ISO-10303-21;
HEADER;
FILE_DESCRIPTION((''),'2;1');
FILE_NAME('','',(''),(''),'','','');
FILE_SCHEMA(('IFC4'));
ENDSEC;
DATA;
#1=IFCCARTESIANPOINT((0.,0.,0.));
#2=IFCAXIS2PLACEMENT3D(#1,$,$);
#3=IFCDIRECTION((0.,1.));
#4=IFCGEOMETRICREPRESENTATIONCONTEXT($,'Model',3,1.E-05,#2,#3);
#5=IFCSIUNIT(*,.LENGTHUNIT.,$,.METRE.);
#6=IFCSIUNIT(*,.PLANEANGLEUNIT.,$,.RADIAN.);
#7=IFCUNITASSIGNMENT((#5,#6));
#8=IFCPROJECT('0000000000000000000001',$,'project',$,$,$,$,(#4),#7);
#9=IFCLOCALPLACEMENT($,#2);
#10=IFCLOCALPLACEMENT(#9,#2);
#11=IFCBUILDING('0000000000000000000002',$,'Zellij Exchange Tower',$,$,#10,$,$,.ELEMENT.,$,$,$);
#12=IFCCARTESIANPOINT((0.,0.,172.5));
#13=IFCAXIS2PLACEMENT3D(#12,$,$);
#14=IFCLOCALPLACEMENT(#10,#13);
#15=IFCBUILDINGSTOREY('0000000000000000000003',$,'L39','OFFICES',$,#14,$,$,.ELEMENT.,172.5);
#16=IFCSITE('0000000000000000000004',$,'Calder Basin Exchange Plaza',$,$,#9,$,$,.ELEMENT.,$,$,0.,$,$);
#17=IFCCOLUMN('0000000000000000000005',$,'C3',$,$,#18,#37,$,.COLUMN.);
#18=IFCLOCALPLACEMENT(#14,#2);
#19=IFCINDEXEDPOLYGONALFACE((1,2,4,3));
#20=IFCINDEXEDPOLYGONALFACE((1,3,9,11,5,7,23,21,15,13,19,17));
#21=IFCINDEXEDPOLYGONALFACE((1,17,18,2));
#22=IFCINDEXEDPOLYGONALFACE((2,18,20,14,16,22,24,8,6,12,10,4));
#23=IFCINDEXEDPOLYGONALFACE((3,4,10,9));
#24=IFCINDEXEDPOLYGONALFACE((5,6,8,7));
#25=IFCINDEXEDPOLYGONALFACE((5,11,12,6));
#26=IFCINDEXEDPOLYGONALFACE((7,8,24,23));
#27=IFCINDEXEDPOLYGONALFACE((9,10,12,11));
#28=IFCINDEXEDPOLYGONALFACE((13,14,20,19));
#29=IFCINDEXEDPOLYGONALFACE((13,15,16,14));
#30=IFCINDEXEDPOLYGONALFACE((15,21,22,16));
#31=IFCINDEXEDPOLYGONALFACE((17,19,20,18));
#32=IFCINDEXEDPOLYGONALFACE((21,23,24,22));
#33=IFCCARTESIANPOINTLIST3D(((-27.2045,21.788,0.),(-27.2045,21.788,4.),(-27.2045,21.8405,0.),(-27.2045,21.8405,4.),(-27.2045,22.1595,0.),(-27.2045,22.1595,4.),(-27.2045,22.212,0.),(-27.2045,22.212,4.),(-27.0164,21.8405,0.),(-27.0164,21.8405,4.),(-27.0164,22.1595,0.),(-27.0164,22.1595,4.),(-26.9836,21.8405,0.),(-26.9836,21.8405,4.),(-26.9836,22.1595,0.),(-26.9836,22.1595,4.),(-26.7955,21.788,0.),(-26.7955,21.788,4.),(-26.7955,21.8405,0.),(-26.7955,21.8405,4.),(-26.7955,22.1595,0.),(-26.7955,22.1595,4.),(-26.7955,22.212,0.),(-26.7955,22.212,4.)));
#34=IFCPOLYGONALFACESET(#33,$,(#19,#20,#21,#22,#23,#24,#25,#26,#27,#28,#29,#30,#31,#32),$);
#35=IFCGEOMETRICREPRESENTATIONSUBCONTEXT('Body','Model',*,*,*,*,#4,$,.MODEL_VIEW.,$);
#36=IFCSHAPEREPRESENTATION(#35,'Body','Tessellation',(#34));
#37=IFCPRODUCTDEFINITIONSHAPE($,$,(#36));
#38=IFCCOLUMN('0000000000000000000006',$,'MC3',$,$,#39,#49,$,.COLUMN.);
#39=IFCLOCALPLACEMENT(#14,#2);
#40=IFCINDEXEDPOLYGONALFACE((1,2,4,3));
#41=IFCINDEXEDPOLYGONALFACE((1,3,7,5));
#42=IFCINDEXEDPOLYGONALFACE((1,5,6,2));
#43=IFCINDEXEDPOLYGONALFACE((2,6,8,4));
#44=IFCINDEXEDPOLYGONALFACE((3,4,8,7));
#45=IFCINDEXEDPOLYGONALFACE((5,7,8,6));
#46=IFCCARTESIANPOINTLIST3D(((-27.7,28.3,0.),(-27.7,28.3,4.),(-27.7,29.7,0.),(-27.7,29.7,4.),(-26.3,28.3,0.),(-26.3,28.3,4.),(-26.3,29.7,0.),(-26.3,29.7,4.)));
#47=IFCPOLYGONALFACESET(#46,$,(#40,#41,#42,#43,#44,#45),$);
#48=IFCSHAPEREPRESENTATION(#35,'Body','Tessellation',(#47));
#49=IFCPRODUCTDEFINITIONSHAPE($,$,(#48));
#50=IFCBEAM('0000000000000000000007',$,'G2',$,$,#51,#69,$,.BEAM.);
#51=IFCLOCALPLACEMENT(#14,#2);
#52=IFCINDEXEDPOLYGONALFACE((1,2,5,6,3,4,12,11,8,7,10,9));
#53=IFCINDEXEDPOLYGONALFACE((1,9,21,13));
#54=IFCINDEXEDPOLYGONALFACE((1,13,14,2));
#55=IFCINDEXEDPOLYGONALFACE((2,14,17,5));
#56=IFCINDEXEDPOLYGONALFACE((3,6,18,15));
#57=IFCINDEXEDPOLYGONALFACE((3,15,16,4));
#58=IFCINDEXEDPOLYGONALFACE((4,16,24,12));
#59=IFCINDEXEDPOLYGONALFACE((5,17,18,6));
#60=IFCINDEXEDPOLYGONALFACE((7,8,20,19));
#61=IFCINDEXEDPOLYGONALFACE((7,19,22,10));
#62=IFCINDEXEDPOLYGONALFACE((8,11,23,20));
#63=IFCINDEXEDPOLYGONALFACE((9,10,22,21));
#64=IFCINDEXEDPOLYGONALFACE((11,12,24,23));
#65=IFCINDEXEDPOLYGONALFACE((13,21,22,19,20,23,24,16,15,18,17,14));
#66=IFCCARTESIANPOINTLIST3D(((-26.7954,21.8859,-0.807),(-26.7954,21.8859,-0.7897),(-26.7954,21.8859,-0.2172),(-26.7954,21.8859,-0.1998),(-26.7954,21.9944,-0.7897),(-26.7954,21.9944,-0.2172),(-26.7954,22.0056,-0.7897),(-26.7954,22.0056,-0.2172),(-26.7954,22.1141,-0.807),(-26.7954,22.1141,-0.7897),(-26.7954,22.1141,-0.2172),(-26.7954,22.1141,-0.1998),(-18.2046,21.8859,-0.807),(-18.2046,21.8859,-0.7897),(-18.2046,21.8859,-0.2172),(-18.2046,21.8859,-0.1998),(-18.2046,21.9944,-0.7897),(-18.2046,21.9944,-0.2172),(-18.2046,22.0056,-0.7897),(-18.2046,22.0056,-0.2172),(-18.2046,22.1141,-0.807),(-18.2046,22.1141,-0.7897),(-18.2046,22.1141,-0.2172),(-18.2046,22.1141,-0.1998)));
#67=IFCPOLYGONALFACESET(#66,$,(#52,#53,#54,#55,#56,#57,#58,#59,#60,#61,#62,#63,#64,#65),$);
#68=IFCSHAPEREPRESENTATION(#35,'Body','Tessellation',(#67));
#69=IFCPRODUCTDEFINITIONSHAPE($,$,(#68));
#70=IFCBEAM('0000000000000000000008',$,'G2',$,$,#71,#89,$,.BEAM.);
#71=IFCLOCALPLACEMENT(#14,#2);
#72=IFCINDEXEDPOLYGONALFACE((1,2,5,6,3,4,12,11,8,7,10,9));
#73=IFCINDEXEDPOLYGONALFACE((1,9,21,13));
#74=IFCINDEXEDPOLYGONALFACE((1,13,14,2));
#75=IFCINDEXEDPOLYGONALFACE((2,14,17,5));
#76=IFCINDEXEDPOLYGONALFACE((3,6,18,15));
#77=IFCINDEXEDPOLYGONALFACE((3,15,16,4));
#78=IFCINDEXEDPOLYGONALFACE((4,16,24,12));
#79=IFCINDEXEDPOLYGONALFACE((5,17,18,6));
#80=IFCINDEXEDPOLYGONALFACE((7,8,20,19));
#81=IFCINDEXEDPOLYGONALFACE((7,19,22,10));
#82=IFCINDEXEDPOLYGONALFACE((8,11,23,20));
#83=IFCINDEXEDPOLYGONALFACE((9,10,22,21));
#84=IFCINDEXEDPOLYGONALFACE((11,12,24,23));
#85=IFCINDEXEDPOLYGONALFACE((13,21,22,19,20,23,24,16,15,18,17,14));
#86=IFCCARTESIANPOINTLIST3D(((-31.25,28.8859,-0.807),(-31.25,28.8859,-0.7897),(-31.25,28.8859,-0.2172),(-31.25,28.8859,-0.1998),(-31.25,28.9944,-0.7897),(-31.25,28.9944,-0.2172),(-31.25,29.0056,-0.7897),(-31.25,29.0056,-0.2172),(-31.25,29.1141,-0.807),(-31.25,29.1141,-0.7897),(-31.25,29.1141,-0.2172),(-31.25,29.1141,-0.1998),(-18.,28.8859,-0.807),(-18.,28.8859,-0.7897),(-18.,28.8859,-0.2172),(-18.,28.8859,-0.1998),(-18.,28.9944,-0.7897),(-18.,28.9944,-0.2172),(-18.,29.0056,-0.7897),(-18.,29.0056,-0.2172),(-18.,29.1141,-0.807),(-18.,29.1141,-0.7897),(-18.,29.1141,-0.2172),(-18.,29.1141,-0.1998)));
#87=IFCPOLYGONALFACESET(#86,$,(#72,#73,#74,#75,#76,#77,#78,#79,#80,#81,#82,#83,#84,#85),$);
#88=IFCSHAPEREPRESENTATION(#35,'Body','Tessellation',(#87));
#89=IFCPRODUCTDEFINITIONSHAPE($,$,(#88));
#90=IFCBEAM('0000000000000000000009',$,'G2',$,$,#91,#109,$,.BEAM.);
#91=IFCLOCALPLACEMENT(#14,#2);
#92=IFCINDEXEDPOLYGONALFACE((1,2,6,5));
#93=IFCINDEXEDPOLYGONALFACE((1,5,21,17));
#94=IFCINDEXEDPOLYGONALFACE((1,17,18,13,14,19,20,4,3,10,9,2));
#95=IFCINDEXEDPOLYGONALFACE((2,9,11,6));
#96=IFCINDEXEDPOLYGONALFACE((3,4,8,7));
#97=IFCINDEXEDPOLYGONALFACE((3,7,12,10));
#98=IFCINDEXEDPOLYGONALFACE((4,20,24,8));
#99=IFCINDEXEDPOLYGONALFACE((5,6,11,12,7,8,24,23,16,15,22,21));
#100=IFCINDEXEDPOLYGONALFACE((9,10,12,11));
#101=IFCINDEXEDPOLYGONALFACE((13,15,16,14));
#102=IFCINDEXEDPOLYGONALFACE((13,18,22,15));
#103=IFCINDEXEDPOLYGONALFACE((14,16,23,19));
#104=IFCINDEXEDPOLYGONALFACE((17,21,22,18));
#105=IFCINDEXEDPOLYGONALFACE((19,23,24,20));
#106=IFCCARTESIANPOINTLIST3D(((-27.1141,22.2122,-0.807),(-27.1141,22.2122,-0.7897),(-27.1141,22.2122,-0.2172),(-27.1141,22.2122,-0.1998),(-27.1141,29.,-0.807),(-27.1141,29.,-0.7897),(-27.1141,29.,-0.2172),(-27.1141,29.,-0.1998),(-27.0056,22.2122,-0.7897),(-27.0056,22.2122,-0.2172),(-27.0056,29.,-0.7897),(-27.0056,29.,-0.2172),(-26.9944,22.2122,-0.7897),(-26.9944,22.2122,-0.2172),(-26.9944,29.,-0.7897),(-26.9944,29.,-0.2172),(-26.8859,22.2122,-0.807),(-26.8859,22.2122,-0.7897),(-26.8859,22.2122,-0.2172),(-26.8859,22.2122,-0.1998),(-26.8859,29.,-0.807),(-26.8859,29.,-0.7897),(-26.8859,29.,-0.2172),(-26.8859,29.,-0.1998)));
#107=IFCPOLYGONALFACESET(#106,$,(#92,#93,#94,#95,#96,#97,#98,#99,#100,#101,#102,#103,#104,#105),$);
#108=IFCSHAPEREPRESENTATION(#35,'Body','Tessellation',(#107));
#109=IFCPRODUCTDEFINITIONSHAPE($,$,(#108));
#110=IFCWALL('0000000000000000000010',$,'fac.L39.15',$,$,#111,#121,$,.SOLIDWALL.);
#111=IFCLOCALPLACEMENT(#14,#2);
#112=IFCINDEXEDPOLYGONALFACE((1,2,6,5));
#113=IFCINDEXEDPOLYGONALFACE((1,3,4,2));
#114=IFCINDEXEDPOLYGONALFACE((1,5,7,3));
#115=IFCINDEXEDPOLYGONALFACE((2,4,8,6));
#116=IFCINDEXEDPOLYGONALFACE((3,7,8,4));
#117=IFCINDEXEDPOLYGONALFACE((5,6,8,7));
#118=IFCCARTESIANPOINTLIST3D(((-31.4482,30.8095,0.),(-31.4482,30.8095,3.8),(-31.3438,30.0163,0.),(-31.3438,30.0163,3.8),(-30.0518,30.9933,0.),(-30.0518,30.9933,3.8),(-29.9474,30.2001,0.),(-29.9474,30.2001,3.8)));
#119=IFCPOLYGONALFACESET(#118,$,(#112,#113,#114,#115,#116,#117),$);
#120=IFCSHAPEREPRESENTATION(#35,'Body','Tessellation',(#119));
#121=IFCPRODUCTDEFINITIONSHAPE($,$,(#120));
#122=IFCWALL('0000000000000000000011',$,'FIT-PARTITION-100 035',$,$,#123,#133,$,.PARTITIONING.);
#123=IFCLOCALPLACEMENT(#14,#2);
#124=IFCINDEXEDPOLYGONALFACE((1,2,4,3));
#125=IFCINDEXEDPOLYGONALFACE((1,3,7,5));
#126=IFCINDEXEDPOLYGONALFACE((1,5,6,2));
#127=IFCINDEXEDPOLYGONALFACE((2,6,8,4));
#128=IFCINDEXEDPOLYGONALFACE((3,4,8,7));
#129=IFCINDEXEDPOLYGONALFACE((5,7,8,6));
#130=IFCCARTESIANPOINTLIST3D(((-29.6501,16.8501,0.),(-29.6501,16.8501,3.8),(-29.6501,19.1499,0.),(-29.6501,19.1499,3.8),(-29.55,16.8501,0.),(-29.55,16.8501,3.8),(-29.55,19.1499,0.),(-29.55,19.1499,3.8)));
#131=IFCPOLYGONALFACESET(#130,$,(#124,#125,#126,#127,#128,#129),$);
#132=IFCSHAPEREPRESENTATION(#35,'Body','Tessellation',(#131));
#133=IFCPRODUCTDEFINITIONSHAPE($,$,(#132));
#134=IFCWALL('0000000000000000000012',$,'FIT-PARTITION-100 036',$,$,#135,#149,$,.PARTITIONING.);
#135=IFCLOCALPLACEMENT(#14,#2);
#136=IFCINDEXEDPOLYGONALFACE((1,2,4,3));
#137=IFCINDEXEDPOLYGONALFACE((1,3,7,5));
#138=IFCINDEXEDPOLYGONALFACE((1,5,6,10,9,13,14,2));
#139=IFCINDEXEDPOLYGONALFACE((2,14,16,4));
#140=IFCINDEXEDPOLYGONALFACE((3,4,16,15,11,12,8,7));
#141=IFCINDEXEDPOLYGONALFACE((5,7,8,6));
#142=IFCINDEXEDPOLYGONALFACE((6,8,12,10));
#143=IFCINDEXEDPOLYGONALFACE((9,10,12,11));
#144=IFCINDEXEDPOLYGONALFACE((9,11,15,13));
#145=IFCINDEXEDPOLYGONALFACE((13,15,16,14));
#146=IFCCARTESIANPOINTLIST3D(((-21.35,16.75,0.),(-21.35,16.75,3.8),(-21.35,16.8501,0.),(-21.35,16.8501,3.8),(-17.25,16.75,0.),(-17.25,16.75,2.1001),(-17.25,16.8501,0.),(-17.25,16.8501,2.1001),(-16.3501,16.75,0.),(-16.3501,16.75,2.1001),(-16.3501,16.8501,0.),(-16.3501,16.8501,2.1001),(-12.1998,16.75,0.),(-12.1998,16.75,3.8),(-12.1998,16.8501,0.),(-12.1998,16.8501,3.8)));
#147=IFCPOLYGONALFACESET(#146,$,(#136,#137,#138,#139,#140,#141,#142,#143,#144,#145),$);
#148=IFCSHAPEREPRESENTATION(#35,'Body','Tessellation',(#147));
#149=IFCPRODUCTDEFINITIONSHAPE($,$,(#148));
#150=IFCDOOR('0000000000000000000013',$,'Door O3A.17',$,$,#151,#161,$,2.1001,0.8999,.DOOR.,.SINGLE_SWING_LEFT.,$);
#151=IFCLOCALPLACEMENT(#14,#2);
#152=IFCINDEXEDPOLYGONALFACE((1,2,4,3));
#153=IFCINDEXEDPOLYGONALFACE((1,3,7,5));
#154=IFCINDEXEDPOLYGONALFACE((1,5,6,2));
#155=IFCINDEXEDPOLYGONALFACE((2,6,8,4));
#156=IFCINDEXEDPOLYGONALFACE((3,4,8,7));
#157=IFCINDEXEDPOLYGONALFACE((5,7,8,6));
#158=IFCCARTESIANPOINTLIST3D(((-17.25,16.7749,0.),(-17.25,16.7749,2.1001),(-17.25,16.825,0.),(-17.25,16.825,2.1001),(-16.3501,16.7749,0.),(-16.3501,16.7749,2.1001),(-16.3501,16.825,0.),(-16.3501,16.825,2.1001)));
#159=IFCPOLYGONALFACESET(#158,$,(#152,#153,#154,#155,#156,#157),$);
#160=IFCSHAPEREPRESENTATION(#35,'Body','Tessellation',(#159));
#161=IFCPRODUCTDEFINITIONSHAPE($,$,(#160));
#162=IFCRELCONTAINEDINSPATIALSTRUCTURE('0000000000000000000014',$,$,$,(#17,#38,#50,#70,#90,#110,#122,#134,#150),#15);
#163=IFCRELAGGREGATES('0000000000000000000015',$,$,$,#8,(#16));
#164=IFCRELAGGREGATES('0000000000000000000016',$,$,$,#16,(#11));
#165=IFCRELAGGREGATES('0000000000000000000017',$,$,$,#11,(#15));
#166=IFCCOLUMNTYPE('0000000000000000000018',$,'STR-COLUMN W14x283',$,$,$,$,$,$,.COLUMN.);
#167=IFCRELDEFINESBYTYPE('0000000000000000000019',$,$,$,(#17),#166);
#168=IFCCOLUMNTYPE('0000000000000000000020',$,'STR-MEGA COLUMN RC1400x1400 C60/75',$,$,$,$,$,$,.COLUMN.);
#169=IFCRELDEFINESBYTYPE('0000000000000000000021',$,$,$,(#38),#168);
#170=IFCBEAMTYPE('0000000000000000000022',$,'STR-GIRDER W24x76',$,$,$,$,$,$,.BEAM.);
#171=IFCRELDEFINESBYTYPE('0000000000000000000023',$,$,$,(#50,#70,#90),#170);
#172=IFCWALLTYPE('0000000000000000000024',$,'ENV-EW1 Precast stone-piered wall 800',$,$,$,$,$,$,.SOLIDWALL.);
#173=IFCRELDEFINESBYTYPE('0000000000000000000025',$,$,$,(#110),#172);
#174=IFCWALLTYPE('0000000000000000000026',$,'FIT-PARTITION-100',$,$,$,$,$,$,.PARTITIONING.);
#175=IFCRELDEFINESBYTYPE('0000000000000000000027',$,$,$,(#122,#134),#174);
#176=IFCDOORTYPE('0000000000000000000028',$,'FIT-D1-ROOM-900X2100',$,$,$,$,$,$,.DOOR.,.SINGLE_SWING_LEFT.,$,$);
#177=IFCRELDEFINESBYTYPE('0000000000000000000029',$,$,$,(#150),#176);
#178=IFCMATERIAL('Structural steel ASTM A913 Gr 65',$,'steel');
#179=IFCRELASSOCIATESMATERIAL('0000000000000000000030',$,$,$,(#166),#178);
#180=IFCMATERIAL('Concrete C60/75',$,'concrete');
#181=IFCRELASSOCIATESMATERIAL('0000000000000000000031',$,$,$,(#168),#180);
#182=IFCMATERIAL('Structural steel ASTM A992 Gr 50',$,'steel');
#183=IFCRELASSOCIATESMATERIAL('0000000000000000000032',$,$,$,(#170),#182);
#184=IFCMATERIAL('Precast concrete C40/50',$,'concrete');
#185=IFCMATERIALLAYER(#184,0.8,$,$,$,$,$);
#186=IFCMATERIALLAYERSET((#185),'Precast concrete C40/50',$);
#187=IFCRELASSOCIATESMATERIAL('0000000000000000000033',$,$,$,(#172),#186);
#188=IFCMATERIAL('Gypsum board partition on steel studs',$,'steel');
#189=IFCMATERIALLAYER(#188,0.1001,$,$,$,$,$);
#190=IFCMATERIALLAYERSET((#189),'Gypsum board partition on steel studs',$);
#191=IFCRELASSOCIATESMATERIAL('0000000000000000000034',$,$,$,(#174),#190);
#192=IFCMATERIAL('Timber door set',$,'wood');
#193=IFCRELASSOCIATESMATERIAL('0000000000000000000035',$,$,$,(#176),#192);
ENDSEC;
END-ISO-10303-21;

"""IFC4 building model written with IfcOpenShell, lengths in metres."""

from ifc_helpers import new_model, si_unit, direction, frame, frame_2d, origin, origin_2d, place, context, subcontext, project, spatial, rectangle, i_section, extrude, material, layer, layer_set, material_profile, profile_set, type_object, element, fill, save


model = new_model("IFC4")

# Units and contexts
model_context = context("Model", 3, precision=1e-05, world=origin(), true_north=direction((0.0, 1.0)))
body_context = subcontext(model_context, "Body", "Model", "MODEL_VIEW")
ifc_project = project(units=[si_unit("LENGTHUNIT", "METRE"), si_unit("PLANEANGLEUNIT", "RADIAN")], contexts=[model_context])

# Site, building, storey
site_placement = place(None, origin())
site = spatial("IfcSite", under=ifc_project, at=site_placement, Name="Calder Basin Exchange Plaza", CompositionType="ELEMENT", RefElevation=0.0)
building_placement = place(site_placement, origin())
building = spatial("IfcBuilding", under=site, at=building_placement, Name="Zellij Exchange Tower", CompositionType="ELEMENT")
storey_placement = place(building_placement, frame((0.0, 0.0, 172.5)))
storey = spatial("IfcBuildingStorey", under=building, at=storey_placement, Name="L39", Description="OFFICES", CompositionType="ELEMENT", Elevation=172.5)

# Columns
ifc_material_1 = material(Name="Structural steel ASTM A913 Gr 65", Category="steel")
ifc_material_profile_1 = material_profile(ifc_material_1, i_section(OverallWidth=0.4089, OverallDepth=0.4241, WebThickness=0.0327, FlangeThickness=0.0525, at=origin_2d()), Name="W14x283")
ifc_profile_set_1 = profile_set([ifc_material_profile_1], Name="Structural steel ASTM A913 Gr 65")
column_type_1 = type_object("IfcColumnType", Name="STR-COLUMN W14x283", PredefinedType="COLUMN", material=ifc_profile_set_1)
column_1_placement = place(storey_placement, frame((-27.0, 22.0, 0.0), z_axis=(0.0, 0.0, 1.0), x_axis=(1.0, 0.0, 0.0)))
element("IfcColumn", 1, at=column_1_placement, inside=storey, type_object=column_type_1, Name="C3", PredefinedType="COLUMN", context=body_context, shape_type="SweptSolid", body=[
    extrude(i_section(OverallWidth=0.4089, OverallDepth=0.4241, WebThickness=0.0327, FlangeThickness=0.0525, at=origin_2d()), origin(), (0.0, 0.0, 1.0), 4.0),
])
ifc_material_2 = material(Name="Concrete C60/75", Category="concrete")
ifc_material_profile_2 = material_profile(ifc_material_2, rectangle(XDim=1.3999, YDim=1.3999, at=origin_2d()), Name="STR-MEGA COLUMN RC1400x1400 C60/75")
ifc_profile_set_2 = profile_set([ifc_material_profile_2], Name="Concrete C60/75")
column_type_2 = type_object("IfcColumnType", Name="STR-MEGA COLUMN RC1400x1400 C60/75", PredefinedType="COLUMN", material=ifc_profile_set_2)
column_2_placement = place(storey_placement, frame((-27.0, 29.0, 0.0), z_axis=(0.0, 0.0, 1.0), x_axis=(1.0, 0.0, 0.0)))
element("IfcColumn", 2, at=column_2_placement, inside=storey, type_object=column_type_2, Name="MC3", PredefinedType="COLUMN", context=body_context, shape_type="SweptSolid", body=[
    extrude(rectangle(XDim=1.3999, YDim=1.3999, at=origin_2d()), origin(), (0.0, 0.0, 1.0), 4.0),
])

# Beams
ifc_material_3 = material(Name="Structural steel ASTM A992 Gr 50", Category="steel")
ifc_material_profile_3 = material_profile(ifc_material_3, i_section(OverallWidth=0.2283, OverallDepth=0.6072, WebThickness=0.0112, FlangeThickness=0.0173, at=origin_2d()), Name="W24x76")
ifc_profile_set_3 = profile_set([ifc_material_profile_3], Name="Structural steel ASTM A992 Gr 50")
beam_type = type_object("IfcBeamType", Name="STR-GIRDER W24x76", PredefinedType="BEAM", material=ifc_profile_set_3)
beam_1_placement = place(storey_placement, frame((-26.7954, 22.0, -0.5034), z_axis=(1.0, 0.0, 0.0), x_axis=(0.0, 1.0, 0.0)))
element("IfcBeam", 3, at=beam_1_placement, inside=storey, type_object=beam_type, Name="G2", PredefinedType="BEAM", context=body_context, shape_type="SweptSolid", body=[
    extrude(i_section(OverallWidth=0.2283, OverallDepth=0.6072, WebThickness=0.0112, FlangeThickness=0.0173, at=origin_2d()), origin(), (0.0, 0.0, 1.0), 8.5908),
])
beam_2_placement = place(storey_placement, frame((-31.25, 29.0, -0.5034), z_axis=(1.0, 0.0, 0.0), x_axis=(0.0, 1.0, 0.0)))
element("IfcBeam", 4, at=beam_2_placement, inside=storey, type_object=beam_type, Name="G2", PredefinedType="BEAM", context=body_context, shape_type="SweptSolid", body=[
    extrude(i_section(OverallWidth=0.2283, OverallDepth=0.6072, WebThickness=0.0112, FlangeThickness=0.0173, at=origin_2d()), origin(), (0.0, 0.0, 1.0), 13.25),
])
beam_3_placement = place(storey_placement, frame((-27.0, 22.2122, -0.5034), z_axis=(0.0, 1.0, 0.0), x_axis=(-1.0, 0.0, 0.0)))
element("IfcBeam", 5, at=beam_3_placement, inside=storey, type_object=beam_type, Name="G2", PredefinedType="BEAM", context=body_context, shape_type="SweptSolid", body=[
    extrude(i_section(OverallWidth=0.2283, OverallDepth=0.6072, WebThickness=0.0112, FlangeThickness=0.0173, at=origin_2d()), origin(), (0.0, 0.0, 1.0), 6.7878),
])

# Walls
ifc_material_4 = material(Name="Precast concrete C40/50", Category="concrete")
ifc_layer_1 = layer(ifc_material_4, 0.8)
ifc_layer_set_1 = layer_set([ifc_layer_1], Name="Precast concrete C40/50")
wall_type_1 = type_object("IfcWallType", Name="ENV-EW1 Precast stone-piered wall 800", PredefinedType="SOLIDWALL", material=ifc_layer_set_1)
wall_1_placement = place(storey_placement, frame((-29.9998, 30.5967, 0.0), z_axis=(0.0, 0.0, 1.0), x_axis=(-0.991446, -0.130517, 0.0)))
element("IfcWall", 6, at=wall_1_placement, inside=storey, type_object=wall_type_1, Name="fac.L39.15", PredefinedType="SOLIDWALL", context=body_context, shape_type="SweptSolid", body=[
    extrude(rectangle(XDim=1.4084, YDim=0.8, at=frame_2d((0.7041, 0.0))), origin(), (0.0, 0.0, 1.0), 3.8),
])
ifc_material_5 = material(Name="Gypsum board partition on steel studs", Category="steel")
ifc_layer_2 = layer(ifc_material_5, 0.1001)
ifc_layer_set_2 = layer_set([ifc_layer_2], Name="Gypsum board partition on steel studs")
wall_type_2 = type_object("IfcWallType", Name="FIT-PARTITION-100", PredefinedType="PARTITIONING", material=ifc_layer_set_2)
wall_2_placement = place(storey_placement, frame((-29.6001, 16.8501, 0.0), z_axis=(0.0, 0.0, 1.0), x_axis=(0.0, 1.0, 0.0)))
element("IfcWall", 7, at=wall_2_placement, inside=storey, type_object=wall_type_2, Name="FIT-PARTITION-100 035", PredefinedType="PARTITIONING", context=body_context, shape_type="SweptSolid", body=[
    extrude(rectangle(XDim=2.2998, YDim=0.1001, at=frame_2d((1.1499, 0.0))), origin(), (0.0, 0.0, 1.0), 3.8),
])

# Wall, opening, door
wall_3_placement = place(storey_placement, frame((-21.3501, 16.8, 0.0), z_axis=(0.0, 0.0, 1.0), x_axis=(1.0, 0.0, 0.0)))
wall_3 = element("IfcWall", 8, at=wall_3_placement, inside=storey, type_object=wall_type_2, Name="FIT-PARTITION-100 036", PredefinedType="PARTITIONING", context=body_context, shape_type="SweptSolid", body=[
    extrude(rectangle(XDim=9.1501, YDim=0.1001, at=frame_2d((4.5752, 0.0))), origin(), (0.0, 0.0, 1.0), 3.8),
])
opening_placement = place(wall_3_placement, frame((4.1001, 0.0, 0.0)))
opening = element("IfcOpeningElement", 9, at=opening_placement, cuts=wall_3, PredefinedType="OPENING", context=body_context, shape_type="SweptSolid", body=[
    extrude(rectangle(XDim=0.8999, YDim=2.1001, at=frame_2d((0.45, 1.05))), frame((0.0, 0.062, 0.0), z_axis=(0.0, -1.0, 0.0), x_axis=(1.0, 0.0, 0.0)), (0.0, 0.0, 1.0), 0.124),
])
ifc_material_6 = material(Name="Timber door set", Category="wood")
door_type = type_object("IfcDoorType", Name="FIT-D1-ROOM-900X2100", OperationType="SINGLE_SWING_LEFT", PredefinedType="DOOR", material=ifc_material_6)
door_placement = place(opening_placement, origin())
door = element("IfcDoor", 10, at=door_placement, inside=storey, type_object=door_type, Name="Door O3A.17", OperationType="SINGLE_SWING_LEFT", OverallHeight=2.1001, OverallWidth=0.8999, PredefinedType="DOOR", context=body_context, shape_type="SweptSolid", body=[
    extrude(rectangle(XDim=0.8999, YDim=2.1001, at=frame_2d((0.45, 1.05))), frame((0.0, 0.0249, 0.0), z_axis=(0.0, -1.0, 0.0), x_axis=(1.0, 0.0, 0.0)), (0.0, 0.0, 1.0), 0.05),
])
fill(opening, door)

save(model, "model.ifc")
